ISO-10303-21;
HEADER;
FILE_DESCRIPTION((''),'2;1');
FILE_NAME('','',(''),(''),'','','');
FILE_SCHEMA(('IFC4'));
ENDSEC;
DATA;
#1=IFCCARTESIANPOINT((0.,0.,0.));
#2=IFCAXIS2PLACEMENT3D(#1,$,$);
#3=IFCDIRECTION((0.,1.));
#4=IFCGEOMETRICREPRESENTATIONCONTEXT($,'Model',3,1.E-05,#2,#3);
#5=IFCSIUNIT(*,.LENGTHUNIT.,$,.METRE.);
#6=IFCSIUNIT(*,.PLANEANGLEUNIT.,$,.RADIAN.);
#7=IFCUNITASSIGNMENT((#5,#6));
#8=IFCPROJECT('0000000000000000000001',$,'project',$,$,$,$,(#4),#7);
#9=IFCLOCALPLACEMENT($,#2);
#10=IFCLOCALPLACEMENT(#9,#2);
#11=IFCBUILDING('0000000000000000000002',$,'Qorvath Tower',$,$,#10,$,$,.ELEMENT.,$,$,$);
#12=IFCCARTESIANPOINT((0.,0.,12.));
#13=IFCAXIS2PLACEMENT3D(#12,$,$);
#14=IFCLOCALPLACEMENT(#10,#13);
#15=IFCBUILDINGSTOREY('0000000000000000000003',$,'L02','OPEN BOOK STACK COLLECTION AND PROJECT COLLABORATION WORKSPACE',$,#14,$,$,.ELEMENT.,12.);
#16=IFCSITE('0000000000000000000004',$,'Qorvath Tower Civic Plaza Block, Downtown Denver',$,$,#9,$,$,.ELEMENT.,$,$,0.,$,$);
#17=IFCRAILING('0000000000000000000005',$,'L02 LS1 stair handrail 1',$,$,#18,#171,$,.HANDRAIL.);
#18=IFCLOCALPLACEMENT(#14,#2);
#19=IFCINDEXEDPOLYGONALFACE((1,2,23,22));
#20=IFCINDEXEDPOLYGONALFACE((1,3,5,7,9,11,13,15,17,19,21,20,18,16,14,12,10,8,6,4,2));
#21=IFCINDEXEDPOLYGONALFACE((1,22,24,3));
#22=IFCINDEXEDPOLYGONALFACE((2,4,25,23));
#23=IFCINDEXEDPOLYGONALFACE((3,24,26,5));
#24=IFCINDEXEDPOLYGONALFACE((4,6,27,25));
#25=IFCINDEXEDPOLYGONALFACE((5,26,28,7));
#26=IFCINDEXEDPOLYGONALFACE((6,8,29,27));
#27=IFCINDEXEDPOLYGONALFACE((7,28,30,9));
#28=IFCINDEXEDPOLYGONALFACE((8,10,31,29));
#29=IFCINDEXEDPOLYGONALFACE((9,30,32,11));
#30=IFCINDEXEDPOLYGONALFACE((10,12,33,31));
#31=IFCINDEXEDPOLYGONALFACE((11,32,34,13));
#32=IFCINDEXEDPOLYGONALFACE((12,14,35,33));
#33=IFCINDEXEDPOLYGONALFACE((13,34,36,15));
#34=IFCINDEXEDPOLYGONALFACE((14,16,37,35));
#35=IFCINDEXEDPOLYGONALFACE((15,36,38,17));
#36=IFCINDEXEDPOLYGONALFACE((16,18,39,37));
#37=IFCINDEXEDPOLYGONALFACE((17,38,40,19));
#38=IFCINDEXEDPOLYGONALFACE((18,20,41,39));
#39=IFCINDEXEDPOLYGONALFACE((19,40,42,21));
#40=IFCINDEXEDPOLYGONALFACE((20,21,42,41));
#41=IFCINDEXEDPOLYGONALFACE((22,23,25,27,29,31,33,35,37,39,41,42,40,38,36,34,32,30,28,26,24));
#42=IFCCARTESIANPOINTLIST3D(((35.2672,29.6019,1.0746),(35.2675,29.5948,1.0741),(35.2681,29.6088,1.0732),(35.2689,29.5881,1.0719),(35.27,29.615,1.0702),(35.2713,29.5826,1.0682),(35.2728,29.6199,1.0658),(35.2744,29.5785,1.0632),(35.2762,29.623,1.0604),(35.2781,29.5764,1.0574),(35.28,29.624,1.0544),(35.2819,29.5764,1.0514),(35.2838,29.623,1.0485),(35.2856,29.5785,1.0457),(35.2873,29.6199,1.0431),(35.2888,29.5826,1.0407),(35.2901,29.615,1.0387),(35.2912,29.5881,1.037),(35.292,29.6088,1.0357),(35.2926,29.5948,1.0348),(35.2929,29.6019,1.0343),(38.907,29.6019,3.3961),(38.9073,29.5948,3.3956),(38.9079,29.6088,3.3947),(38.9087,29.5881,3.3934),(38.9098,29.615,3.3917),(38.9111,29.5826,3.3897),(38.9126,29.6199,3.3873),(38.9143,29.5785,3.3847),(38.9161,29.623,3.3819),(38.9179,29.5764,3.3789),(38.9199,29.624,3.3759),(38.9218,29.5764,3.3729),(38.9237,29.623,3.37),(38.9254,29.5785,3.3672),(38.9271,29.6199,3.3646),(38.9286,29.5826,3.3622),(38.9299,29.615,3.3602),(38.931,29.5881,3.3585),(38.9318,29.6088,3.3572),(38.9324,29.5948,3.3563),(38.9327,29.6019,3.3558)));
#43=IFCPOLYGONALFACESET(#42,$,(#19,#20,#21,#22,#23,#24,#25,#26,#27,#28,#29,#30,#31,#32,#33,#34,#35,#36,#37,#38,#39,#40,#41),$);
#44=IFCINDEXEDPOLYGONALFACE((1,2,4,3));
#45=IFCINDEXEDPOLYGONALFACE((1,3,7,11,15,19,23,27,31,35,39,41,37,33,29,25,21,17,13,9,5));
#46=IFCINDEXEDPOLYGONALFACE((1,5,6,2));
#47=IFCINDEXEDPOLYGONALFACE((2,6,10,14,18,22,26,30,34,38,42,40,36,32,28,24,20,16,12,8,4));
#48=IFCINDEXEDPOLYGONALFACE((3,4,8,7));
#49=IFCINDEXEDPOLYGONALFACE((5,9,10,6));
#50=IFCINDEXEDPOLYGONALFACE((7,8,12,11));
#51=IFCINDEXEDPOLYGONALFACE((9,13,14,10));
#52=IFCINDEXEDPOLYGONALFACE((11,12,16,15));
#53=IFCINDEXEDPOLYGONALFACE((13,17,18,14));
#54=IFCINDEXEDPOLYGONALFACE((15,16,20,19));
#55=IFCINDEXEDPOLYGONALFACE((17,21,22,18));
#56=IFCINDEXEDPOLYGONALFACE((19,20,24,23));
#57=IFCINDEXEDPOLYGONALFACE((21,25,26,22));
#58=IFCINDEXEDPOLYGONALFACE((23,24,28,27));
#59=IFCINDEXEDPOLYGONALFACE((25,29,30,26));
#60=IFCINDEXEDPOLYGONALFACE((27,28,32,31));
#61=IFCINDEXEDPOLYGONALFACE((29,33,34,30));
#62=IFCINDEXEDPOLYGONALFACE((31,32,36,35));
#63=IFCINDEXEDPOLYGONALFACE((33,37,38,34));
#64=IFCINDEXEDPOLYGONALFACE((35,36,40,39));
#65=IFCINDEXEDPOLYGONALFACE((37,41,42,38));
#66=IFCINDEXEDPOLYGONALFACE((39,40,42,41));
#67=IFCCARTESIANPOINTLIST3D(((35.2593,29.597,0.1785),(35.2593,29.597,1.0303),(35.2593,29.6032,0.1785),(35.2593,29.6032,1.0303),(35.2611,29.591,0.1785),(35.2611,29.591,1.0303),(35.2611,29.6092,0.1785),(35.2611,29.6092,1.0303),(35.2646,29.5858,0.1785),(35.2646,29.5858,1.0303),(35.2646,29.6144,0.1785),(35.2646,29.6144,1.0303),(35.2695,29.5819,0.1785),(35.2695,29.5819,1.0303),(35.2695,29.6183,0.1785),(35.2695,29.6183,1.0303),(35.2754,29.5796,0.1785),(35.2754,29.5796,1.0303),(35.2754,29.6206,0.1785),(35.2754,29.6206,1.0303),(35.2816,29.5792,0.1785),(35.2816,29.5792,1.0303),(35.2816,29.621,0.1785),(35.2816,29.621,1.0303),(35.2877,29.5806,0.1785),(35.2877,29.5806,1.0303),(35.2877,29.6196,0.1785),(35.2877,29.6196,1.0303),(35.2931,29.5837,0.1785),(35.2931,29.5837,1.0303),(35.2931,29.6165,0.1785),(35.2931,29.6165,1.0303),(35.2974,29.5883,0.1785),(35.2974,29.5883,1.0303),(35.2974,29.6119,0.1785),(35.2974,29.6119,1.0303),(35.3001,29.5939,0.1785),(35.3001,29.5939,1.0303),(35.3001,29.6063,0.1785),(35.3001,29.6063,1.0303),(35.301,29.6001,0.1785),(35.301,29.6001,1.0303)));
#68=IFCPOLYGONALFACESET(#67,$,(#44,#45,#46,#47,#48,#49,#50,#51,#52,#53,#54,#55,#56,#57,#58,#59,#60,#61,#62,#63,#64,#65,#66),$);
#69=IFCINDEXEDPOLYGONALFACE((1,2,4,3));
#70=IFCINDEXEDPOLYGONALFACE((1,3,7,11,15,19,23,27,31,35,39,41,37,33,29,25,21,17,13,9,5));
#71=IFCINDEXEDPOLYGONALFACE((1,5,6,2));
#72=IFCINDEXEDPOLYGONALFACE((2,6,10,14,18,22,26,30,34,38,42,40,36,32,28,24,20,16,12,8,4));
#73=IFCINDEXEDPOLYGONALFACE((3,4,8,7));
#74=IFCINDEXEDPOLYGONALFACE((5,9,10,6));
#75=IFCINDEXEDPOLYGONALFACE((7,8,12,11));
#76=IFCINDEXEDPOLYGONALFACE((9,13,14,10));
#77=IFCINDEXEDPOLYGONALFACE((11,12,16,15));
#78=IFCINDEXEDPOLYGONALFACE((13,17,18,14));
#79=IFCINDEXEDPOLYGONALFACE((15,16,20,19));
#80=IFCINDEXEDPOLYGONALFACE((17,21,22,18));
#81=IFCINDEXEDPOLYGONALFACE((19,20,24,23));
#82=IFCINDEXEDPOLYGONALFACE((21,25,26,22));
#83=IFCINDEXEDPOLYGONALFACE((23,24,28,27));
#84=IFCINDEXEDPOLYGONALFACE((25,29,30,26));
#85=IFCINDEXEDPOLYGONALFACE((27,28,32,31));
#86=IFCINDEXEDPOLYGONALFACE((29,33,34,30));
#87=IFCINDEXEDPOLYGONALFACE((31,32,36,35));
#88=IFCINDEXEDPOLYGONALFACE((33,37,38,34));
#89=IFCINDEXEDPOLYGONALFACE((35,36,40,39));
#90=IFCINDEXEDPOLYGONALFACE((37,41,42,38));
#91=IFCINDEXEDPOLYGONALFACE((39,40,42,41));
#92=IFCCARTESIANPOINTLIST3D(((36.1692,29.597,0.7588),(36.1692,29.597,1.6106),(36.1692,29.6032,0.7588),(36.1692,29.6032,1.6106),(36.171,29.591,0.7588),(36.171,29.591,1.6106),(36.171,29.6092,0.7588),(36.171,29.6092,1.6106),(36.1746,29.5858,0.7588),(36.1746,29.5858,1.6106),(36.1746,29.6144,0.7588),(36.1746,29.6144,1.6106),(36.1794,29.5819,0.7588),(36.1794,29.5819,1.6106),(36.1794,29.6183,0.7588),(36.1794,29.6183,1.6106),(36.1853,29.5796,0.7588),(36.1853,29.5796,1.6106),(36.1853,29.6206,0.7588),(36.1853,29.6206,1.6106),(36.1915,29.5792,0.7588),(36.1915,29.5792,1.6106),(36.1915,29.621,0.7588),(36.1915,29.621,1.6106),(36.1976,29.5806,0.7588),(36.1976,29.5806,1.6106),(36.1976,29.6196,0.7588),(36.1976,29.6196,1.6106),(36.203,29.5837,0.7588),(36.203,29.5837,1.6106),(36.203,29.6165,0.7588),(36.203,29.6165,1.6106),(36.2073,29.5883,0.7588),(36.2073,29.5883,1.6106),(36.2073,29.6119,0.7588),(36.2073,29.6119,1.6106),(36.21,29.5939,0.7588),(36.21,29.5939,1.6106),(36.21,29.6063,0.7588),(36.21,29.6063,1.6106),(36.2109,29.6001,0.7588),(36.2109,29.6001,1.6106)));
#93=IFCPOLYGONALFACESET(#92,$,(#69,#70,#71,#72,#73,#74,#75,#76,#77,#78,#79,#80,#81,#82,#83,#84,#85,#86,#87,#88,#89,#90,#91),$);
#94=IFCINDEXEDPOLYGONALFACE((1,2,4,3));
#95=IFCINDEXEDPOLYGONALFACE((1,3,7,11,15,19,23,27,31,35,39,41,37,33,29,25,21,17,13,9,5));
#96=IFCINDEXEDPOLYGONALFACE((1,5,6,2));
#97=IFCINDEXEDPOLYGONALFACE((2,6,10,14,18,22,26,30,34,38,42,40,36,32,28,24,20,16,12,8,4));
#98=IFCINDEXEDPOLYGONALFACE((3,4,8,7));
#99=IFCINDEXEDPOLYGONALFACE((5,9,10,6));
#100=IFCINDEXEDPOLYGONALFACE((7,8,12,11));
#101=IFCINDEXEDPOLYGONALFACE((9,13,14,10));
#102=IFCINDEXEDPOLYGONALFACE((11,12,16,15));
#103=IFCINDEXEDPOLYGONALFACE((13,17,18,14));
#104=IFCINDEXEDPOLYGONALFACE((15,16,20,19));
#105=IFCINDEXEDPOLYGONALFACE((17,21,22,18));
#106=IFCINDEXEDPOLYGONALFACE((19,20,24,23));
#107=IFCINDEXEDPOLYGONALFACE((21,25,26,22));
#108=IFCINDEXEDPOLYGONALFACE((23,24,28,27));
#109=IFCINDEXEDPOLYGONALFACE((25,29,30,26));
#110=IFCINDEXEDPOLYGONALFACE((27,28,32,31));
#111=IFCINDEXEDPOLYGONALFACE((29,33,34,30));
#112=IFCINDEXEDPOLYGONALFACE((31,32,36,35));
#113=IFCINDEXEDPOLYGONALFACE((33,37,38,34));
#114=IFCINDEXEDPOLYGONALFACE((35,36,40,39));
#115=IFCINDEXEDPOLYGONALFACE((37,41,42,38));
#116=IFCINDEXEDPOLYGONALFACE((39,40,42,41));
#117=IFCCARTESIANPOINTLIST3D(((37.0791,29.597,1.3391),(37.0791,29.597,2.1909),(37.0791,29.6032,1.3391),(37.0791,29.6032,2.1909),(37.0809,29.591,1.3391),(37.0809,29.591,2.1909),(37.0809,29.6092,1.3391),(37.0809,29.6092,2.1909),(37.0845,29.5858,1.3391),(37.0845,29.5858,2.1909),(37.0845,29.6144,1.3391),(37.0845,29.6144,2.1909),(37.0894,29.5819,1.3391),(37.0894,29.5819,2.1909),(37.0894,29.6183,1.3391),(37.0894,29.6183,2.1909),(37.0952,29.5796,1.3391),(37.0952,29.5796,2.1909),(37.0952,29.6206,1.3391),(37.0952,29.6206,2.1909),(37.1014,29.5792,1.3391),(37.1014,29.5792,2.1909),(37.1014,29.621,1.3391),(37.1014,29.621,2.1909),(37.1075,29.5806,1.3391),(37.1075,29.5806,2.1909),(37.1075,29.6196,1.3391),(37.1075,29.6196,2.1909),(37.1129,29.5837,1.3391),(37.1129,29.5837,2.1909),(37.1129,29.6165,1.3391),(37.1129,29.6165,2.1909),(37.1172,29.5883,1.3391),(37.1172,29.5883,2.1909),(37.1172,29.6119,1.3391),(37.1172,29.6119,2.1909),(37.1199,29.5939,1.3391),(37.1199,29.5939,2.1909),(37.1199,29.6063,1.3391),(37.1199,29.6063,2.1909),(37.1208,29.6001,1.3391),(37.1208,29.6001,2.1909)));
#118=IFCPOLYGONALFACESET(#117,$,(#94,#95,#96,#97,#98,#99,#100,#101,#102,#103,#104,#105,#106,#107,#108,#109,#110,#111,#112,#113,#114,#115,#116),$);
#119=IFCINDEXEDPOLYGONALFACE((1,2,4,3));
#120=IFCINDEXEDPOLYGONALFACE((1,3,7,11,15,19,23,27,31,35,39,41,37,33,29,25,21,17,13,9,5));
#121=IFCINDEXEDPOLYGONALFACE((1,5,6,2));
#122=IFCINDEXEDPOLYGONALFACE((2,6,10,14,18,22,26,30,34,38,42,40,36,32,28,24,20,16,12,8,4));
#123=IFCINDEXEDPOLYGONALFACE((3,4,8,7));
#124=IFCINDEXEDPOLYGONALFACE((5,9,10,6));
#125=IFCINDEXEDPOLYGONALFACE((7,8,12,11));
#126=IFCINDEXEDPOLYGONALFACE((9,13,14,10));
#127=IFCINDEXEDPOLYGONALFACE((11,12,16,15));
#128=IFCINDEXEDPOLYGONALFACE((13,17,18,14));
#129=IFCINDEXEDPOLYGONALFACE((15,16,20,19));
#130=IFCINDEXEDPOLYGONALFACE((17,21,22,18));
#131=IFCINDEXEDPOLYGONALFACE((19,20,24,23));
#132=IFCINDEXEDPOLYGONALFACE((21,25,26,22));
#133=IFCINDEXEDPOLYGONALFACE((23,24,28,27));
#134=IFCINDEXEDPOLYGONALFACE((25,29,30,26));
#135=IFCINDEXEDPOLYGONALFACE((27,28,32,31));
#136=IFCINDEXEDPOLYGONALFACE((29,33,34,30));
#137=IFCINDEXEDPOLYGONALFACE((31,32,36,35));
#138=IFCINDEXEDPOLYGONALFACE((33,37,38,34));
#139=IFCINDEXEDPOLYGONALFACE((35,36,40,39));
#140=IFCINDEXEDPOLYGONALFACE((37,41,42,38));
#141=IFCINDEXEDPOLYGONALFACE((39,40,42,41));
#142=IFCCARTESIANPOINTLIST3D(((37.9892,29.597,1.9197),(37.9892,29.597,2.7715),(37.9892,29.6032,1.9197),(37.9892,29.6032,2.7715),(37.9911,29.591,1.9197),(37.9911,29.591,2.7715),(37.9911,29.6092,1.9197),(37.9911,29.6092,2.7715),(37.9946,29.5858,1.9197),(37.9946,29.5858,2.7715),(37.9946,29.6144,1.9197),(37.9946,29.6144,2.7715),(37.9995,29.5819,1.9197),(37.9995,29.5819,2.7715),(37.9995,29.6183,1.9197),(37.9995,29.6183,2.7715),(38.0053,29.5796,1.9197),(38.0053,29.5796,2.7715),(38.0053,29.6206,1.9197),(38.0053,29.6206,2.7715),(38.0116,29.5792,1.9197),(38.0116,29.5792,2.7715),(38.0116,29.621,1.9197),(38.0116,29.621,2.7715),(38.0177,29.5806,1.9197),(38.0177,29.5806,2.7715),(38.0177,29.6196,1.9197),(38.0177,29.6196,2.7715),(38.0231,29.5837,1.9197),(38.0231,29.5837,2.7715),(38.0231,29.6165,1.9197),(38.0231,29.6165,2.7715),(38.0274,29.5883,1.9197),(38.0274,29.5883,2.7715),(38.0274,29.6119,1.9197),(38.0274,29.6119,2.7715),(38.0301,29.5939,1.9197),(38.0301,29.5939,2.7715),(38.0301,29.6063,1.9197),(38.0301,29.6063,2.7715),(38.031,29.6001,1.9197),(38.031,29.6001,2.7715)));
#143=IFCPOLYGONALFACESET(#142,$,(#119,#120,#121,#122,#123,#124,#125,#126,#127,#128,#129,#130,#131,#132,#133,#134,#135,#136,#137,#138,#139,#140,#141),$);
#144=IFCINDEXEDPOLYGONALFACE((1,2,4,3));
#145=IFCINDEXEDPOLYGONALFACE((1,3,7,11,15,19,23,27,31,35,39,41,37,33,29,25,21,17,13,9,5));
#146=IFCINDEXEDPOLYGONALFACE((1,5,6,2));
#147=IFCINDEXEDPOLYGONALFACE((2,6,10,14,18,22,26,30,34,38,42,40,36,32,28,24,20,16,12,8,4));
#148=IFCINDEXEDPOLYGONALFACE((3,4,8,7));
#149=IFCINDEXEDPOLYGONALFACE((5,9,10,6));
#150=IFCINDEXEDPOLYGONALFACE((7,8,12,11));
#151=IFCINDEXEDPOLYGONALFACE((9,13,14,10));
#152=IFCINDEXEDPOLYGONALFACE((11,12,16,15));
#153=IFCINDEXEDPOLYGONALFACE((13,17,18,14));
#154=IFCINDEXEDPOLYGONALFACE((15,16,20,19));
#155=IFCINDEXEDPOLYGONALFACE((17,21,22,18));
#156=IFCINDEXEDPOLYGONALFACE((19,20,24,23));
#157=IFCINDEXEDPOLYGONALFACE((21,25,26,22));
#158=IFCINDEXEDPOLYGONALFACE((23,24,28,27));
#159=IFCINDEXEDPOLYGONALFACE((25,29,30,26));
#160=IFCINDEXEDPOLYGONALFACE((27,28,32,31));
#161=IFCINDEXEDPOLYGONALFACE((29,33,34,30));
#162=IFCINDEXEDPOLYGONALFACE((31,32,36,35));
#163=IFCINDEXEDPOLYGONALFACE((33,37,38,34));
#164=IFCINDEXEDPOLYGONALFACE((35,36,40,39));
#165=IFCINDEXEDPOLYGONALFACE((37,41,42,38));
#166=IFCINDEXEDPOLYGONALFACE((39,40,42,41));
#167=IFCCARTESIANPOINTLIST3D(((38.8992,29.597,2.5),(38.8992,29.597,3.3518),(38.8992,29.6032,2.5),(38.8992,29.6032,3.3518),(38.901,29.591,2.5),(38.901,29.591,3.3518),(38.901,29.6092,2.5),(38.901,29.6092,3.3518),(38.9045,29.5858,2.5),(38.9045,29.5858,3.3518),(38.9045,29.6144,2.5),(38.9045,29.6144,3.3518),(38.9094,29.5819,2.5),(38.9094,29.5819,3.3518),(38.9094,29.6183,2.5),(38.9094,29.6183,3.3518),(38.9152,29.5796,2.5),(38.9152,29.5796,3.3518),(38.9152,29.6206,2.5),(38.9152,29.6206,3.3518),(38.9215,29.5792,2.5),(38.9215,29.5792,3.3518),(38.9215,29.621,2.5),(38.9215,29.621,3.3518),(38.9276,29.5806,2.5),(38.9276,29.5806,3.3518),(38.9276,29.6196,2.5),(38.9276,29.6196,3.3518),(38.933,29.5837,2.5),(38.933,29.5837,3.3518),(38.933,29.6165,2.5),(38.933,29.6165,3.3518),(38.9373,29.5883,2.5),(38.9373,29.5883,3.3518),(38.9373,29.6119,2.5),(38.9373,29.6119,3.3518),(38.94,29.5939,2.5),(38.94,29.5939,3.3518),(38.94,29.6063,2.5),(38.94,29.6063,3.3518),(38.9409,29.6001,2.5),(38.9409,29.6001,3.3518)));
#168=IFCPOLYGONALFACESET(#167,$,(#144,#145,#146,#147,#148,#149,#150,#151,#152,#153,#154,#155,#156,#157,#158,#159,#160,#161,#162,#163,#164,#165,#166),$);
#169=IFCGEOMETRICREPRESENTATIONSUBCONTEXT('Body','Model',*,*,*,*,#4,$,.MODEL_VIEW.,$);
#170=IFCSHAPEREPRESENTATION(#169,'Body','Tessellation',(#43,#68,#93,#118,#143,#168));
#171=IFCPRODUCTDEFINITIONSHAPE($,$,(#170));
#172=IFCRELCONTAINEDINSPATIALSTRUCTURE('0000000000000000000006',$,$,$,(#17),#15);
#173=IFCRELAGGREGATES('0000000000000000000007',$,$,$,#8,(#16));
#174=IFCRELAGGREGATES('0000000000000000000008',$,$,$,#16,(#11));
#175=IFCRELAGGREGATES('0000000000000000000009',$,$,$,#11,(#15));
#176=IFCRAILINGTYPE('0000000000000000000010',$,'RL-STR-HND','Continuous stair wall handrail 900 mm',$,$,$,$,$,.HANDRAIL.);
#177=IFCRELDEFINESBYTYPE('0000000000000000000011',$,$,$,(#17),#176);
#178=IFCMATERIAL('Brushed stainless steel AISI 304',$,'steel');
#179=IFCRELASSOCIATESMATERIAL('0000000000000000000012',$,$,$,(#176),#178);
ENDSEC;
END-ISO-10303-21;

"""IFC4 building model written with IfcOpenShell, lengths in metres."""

from ifc_helpers import new_model, si_unit, direction, frame, origin, origin_2d, place, context, subcontext, project, spatial, circle, extrude, material, type_object, element, save


model = new_model("IFC4")

# Units and contexts
model_context = context("Model", 3, precision=1e-05, world=origin(), true_north=direction((0.0, 1.0)))
body_context = subcontext(model_context, "Body", "Model", "MODEL_VIEW")
ifc_project = project(units=[si_unit("LENGTHUNIT", "METRE"), si_unit("PLANEANGLEUNIT", "RADIAN")], contexts=[model_context])

# Site, building, storey
site_placement = place(None, origin())
site = spatial("IfcSite", under=ifc_project, at=site_placement, Name="Qorvath Tower Civic Plaza Block, Downtown Denver", CompositionType="ELEMENT", RefElevation=0.0)
building_placement = place(site_placement, origin())
building = spatial("IfcBuilding", under=site, at=building_placement, Name="Qorvath Tower", CompositionType="ELEMENT")
storey_placement = place(building_placement, frame((0.0, 0.0, 12.0)))
storey = spatial("IfcBuildingStorey", under=building, at=storey_placement, Name="L02", Description="OPEN BOOK STACK COLLECTION AND PROJECT COLLABORATION WORKSPACE", CompositionType="ELEMENT", Elevation=12.0)

# Railing
ifc_material_1 = material(Name="Brushed stainless steel AISI 304", Category="steel")
railing_type_1 = type_object("IfcRailingType", Name="RL-STR-HND", Description="Continuous stair wall handrail 900 mm", PredefinedType="HANDRAIL", material=ifc_material_1)
railing_1_placement = place(storey_placement, frame((35.28, 29.6001, 0.1785)))
element("IfcRailing", 1, at=railing_1_placement, inside=storey, type_object=railing_type_1, Name="L02 LS1 stair handrail 1", PredefinedType="HANDRAIL", context=body_context, shape_type="SweptSolid", body=[
    extrude(circle(Radius=0.0239, at=origin_2d()), frame((0.0, 0.0, 0.876), z_axis=(0.843112, 0.0, 0.537739), x_axis=(0.0, 1.0, 0.0)), (0.0, 0.0, 1.0), 4.3171),
    extrude(circle(Radius=0.021, at=origin_2d()), origin(), (0.0, 0.0, 1.0), 0.8518),
    extrude(circle(Radius=0.021, at=origin_2d()), frame((0.9099, 0.0, 0.5803)), (0.0, 0.0, 1.0), 0.8518),
    extrude(circle(Radius=0.021, at=origin_2d()), frame((1.8198, 0.0, 1.1606)), (0.0, 0.0, 1.0), 0.8518),
    extrude(circle(Radius=0.021, at=origin_2d()), frame((2.73, 0.0, 1.7412)), (0.0, 0.0, 1.0), 0.8518),
    extrude(circle(Radius=0.021, at=origin_2d()), frame((3.6399, 0.0, 2.3215)), (0.0, 0.0, 1.0), 0.8518),
])

save(model, "model.ifc")
